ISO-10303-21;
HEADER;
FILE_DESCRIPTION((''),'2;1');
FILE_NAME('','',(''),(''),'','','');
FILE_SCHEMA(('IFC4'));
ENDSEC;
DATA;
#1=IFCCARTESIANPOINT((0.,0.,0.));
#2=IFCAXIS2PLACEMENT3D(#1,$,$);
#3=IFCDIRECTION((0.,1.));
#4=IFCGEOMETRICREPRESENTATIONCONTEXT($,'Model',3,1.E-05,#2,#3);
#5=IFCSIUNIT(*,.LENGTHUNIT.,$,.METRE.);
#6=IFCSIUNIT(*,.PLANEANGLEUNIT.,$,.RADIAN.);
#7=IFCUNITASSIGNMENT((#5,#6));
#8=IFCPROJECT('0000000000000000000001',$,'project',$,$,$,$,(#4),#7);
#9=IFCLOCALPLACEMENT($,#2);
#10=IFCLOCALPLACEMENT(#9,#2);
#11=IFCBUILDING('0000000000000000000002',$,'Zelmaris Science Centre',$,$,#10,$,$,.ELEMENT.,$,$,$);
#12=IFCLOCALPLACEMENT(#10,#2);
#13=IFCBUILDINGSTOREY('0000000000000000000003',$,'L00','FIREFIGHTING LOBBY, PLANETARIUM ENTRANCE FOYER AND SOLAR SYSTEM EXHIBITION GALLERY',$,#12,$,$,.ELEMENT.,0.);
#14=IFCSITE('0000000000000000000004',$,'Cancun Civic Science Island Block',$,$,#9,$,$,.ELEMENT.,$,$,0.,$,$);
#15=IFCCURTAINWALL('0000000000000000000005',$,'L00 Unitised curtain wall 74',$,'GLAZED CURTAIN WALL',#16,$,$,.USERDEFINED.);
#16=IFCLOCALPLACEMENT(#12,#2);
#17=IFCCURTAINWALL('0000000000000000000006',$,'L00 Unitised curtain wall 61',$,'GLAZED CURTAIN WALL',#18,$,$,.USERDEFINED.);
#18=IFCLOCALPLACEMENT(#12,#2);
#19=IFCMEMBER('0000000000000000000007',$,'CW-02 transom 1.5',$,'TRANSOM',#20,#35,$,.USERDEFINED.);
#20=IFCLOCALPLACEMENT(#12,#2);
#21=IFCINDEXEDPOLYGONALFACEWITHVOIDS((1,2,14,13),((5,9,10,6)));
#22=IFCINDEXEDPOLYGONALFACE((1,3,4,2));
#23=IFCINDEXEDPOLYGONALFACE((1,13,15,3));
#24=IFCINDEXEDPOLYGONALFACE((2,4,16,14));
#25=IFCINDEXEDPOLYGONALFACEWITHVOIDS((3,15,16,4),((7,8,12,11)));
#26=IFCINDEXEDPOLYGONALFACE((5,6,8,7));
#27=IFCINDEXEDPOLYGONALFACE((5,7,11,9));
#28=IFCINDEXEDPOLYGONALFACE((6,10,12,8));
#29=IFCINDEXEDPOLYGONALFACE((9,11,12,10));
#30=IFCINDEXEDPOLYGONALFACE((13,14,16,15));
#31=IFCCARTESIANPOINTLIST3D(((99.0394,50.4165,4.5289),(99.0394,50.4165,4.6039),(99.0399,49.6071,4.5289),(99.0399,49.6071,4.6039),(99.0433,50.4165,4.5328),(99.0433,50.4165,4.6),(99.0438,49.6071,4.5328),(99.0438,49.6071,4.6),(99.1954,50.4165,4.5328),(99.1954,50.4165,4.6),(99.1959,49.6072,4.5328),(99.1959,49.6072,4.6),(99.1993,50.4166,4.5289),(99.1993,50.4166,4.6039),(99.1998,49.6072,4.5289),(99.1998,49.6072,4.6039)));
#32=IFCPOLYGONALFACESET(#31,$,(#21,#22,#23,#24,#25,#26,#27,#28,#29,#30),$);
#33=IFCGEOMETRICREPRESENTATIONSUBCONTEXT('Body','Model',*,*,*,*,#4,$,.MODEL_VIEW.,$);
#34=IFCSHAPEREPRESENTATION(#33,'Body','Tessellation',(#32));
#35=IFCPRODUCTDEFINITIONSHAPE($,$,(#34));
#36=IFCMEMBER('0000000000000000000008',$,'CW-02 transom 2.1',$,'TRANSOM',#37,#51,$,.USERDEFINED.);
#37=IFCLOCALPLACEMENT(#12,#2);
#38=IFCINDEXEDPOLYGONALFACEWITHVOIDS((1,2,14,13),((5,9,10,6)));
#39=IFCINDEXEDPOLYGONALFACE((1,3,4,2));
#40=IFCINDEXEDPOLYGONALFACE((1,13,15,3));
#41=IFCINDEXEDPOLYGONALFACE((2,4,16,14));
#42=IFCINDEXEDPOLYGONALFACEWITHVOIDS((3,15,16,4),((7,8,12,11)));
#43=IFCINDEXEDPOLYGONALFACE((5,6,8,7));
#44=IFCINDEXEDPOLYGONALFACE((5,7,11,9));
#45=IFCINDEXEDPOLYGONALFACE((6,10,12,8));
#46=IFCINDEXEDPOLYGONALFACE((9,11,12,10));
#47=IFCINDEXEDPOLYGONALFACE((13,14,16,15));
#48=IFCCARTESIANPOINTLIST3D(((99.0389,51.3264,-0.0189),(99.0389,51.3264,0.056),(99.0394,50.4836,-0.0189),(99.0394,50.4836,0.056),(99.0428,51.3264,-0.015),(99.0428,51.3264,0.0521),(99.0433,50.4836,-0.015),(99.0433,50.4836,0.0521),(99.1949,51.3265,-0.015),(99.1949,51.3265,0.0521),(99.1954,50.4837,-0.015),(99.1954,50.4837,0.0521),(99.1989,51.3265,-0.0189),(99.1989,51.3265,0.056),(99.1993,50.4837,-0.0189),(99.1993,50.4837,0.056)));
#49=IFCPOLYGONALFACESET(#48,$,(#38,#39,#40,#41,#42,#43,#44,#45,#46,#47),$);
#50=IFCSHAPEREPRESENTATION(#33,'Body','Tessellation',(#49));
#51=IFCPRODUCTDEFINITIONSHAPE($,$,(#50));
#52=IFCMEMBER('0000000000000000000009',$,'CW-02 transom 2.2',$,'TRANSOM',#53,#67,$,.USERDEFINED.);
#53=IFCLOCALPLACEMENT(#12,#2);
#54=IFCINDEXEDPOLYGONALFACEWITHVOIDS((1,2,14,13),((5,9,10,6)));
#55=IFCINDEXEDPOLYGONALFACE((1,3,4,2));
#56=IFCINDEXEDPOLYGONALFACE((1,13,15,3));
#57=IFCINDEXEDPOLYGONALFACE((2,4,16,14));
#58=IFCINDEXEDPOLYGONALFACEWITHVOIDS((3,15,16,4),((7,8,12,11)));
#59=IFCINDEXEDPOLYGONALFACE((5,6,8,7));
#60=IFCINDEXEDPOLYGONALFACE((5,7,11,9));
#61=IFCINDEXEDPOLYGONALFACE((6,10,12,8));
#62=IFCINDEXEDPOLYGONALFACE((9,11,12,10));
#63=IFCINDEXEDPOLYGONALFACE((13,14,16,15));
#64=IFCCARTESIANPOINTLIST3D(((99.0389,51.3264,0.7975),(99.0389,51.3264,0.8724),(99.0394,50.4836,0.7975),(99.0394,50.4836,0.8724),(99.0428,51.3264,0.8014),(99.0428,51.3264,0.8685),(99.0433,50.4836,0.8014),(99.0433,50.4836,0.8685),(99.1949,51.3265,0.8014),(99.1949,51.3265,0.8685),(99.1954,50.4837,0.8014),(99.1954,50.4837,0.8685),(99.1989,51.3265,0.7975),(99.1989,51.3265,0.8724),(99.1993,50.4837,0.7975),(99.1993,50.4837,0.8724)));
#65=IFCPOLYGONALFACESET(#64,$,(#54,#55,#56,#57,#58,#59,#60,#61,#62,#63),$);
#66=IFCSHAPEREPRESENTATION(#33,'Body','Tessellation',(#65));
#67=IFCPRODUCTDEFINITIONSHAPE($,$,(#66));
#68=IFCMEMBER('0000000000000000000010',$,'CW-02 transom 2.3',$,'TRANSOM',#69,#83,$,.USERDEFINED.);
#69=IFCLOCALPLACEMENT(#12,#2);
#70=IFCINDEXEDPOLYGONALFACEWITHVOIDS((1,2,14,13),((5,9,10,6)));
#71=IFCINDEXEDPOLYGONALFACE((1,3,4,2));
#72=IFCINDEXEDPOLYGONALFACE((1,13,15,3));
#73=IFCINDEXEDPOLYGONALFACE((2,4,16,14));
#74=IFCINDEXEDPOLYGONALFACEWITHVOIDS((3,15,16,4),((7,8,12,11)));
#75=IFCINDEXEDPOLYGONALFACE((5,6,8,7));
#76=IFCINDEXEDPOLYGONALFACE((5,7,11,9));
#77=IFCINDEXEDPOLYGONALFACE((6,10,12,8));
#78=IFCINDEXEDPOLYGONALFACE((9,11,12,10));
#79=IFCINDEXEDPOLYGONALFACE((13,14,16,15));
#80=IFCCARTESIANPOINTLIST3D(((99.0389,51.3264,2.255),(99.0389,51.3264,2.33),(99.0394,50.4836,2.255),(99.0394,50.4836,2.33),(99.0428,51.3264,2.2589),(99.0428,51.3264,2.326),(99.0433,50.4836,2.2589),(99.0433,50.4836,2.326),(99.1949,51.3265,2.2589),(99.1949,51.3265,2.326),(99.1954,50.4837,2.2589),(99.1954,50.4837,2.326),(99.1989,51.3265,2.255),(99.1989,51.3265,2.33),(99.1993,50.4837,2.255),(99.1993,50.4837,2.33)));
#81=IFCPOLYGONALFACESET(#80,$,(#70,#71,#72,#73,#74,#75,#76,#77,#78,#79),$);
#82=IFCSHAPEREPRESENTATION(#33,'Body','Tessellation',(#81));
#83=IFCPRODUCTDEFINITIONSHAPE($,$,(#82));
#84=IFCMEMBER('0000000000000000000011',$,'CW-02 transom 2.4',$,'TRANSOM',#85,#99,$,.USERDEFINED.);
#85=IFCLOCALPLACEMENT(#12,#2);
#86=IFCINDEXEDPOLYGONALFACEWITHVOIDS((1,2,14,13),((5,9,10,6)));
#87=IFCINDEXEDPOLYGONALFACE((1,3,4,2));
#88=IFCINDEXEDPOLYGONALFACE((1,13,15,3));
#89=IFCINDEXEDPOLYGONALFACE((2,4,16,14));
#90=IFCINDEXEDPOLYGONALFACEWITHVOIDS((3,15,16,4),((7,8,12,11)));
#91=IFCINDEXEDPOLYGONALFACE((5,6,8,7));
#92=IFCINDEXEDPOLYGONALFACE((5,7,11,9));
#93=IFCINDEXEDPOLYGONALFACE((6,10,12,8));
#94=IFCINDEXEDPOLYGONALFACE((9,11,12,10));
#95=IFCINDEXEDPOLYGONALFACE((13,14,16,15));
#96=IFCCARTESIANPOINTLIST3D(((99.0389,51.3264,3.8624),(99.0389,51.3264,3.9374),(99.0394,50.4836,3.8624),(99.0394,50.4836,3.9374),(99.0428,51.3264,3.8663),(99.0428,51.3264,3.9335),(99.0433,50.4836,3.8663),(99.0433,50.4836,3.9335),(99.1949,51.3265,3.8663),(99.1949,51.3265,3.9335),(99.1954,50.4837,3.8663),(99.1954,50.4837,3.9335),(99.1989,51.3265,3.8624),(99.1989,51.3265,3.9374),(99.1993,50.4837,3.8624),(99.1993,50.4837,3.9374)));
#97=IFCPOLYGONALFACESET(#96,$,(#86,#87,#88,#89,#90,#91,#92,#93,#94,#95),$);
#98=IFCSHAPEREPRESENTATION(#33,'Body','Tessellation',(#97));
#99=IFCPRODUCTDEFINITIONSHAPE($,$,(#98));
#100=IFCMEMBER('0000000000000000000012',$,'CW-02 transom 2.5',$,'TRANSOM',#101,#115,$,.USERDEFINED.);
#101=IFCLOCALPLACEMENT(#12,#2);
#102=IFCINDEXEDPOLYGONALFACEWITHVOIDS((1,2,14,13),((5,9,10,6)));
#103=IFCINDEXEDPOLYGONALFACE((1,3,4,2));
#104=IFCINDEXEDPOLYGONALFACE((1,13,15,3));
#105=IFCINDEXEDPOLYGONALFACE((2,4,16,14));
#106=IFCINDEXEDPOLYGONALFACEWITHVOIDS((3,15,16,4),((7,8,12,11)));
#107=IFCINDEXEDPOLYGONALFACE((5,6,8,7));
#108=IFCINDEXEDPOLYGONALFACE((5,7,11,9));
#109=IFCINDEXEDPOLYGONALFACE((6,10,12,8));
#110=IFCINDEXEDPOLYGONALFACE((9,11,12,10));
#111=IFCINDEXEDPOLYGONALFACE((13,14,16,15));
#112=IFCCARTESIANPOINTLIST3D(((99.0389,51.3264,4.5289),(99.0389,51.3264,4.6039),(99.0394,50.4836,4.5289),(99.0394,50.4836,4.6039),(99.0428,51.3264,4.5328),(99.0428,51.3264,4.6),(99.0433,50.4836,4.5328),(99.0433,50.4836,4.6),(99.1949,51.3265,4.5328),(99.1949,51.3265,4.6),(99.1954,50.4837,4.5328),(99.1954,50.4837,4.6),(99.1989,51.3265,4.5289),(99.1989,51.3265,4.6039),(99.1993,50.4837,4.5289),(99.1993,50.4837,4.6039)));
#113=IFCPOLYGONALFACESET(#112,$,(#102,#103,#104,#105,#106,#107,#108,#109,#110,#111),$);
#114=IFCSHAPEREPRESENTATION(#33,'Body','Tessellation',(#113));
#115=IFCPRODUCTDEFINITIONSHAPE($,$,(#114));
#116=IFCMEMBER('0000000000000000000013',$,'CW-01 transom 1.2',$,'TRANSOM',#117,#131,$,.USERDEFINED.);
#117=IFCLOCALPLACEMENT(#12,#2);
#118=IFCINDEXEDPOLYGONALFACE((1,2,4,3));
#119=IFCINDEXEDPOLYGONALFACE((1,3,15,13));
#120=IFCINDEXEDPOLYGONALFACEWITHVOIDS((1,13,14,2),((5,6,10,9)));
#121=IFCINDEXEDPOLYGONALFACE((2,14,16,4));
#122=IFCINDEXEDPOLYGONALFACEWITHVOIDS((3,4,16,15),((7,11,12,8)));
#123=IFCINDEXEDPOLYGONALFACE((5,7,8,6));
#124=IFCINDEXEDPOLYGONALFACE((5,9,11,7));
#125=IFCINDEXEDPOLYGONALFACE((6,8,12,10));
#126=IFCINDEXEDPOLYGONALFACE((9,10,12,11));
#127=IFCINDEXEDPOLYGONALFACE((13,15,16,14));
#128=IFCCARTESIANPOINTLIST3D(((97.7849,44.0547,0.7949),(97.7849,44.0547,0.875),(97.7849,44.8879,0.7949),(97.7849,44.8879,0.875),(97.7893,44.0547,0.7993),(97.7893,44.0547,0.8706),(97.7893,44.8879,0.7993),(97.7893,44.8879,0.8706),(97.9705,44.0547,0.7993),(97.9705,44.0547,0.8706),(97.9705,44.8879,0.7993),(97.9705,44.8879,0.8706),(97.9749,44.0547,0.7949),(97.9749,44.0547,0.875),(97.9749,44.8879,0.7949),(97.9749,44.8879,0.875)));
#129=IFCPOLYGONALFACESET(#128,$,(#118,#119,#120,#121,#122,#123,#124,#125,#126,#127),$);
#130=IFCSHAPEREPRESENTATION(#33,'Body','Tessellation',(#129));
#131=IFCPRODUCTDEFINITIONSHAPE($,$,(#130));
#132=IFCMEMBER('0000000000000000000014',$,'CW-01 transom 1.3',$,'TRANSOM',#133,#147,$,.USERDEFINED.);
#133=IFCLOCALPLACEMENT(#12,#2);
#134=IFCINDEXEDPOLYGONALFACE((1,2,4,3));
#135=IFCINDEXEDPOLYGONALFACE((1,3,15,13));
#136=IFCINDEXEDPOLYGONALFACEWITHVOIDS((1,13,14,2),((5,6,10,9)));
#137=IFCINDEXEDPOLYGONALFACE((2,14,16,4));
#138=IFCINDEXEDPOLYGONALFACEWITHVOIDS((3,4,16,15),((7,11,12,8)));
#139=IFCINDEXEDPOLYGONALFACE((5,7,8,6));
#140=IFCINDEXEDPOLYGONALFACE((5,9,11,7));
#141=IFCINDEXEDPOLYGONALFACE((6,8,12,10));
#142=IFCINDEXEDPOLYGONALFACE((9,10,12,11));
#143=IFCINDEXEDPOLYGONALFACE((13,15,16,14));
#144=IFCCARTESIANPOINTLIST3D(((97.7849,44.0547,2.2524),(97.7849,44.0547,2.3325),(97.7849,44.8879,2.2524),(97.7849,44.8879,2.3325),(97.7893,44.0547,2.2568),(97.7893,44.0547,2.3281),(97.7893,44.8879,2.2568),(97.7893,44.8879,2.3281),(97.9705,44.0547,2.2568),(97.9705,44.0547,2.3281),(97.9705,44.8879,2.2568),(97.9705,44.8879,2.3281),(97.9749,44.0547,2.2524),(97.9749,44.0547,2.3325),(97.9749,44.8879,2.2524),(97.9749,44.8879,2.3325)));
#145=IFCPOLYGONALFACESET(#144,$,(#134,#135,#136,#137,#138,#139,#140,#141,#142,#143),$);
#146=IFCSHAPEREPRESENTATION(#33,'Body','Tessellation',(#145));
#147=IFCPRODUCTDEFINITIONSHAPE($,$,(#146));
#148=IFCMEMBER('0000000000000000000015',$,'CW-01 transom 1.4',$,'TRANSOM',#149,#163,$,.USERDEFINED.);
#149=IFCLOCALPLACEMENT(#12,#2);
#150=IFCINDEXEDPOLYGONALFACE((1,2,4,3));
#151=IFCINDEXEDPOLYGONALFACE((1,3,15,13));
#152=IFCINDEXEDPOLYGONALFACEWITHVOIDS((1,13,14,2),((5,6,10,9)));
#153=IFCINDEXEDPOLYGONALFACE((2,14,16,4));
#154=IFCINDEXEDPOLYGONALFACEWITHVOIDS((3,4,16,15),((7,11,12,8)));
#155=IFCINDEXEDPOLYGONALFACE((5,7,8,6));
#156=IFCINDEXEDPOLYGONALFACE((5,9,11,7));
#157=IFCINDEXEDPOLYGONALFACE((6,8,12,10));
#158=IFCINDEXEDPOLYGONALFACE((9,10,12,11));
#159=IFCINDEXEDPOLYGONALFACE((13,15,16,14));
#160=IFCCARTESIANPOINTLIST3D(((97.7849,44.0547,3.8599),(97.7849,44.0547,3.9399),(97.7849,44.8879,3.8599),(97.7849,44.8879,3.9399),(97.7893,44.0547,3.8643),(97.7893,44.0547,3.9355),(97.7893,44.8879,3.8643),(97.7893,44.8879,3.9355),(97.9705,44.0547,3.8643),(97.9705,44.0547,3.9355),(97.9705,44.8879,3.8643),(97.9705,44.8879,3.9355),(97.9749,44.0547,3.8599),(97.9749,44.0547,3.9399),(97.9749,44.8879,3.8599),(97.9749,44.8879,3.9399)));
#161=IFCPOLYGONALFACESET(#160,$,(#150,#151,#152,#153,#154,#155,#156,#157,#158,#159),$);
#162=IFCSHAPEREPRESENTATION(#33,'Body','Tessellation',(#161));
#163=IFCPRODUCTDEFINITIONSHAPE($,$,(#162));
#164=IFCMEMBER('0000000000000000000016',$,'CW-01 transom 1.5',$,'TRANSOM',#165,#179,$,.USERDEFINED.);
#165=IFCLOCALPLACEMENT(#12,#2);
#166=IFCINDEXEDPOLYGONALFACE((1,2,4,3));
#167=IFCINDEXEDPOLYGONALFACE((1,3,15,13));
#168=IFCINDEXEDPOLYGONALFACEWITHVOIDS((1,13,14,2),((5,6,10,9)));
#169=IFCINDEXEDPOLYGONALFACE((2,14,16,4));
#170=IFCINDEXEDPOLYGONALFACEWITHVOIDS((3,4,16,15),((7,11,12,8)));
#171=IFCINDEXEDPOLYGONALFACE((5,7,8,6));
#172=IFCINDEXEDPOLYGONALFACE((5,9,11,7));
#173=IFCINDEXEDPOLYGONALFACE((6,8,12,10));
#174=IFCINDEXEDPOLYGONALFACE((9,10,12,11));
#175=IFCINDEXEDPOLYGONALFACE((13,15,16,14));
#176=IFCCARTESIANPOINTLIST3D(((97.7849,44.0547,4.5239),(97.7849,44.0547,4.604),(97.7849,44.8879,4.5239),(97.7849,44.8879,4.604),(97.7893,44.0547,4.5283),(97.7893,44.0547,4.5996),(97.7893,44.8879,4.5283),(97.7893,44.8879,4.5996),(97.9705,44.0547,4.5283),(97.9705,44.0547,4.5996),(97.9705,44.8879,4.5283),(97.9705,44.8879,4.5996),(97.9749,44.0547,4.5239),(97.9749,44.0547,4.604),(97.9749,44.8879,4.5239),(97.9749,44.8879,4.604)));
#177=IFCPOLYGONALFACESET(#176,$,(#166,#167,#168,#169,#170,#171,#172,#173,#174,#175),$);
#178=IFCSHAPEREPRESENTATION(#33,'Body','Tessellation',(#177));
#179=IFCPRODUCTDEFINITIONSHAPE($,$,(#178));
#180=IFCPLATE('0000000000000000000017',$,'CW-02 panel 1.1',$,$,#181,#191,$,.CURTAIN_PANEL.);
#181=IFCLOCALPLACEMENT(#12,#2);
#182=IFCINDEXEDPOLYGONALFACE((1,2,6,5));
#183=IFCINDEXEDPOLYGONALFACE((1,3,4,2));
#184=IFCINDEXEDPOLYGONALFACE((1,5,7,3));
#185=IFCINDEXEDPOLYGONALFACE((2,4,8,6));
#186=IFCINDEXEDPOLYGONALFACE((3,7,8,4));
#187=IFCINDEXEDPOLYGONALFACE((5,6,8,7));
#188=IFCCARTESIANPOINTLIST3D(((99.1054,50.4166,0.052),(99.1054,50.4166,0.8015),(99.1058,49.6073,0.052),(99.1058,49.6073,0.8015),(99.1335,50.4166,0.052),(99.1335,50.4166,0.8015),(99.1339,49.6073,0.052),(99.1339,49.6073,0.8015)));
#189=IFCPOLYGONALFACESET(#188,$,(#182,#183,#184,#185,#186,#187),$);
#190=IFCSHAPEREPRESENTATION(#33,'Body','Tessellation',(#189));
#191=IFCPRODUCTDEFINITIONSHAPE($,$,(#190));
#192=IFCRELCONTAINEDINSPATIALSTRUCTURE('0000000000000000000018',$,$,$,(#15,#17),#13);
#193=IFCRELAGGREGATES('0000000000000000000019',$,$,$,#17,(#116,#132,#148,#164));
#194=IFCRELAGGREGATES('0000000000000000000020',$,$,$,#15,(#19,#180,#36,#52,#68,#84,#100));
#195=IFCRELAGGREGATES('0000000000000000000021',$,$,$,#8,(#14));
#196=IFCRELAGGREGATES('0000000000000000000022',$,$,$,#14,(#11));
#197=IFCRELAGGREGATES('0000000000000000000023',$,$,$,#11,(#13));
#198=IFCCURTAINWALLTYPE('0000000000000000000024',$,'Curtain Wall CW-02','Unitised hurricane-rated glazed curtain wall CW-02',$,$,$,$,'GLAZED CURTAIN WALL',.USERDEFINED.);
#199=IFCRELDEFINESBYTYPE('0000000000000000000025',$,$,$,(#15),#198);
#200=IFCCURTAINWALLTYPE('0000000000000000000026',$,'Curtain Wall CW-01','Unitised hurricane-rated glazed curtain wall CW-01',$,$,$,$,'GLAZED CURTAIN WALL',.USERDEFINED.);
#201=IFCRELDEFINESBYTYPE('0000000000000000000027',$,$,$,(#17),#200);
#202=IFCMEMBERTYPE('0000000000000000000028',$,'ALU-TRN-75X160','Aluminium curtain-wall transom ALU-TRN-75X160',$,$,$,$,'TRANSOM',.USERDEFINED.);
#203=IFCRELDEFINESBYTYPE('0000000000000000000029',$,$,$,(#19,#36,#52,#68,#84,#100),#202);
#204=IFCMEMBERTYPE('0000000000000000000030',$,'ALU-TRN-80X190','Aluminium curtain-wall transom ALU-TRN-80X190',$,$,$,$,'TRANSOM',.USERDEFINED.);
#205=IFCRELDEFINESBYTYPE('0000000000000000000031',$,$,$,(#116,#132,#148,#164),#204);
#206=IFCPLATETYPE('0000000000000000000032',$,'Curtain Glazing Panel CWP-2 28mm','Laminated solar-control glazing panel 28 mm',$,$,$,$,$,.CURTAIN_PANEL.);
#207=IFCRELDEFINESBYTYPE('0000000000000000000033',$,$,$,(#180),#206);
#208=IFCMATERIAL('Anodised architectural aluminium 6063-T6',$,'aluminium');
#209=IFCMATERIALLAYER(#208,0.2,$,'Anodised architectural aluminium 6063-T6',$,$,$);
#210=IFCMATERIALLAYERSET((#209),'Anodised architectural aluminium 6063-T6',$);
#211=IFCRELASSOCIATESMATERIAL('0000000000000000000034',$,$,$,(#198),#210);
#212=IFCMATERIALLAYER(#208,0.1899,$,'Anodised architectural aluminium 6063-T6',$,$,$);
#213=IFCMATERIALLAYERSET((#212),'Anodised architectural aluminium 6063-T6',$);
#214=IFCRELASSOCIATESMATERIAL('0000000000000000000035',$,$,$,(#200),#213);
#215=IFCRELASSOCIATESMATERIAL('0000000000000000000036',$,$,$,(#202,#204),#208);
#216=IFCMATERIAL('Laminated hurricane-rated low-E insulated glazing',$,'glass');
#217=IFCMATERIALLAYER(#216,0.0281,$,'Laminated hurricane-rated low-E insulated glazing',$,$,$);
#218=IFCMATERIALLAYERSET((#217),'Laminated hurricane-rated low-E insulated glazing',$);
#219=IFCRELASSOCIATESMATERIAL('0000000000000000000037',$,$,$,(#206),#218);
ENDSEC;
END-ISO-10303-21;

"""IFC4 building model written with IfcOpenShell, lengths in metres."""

from ifc_helpers import new_model, si_unit, direction, frame, origin, origin_2d, place, context, subcontext, project, spatial, rectangle, hollow_rectangle, extrude, material, layer, layer_set, material_profile, profile_set, type_object, element, aggregate, save


model = new_model("IFC4")

# Units and contexts
model_context = context("Model", 3, precision=1e-05, world=origin(), true_north=direction((0.0, 1.0)))
body_context = subcontext(model_context, "Body", "Model", "MODEL_VIEW")
ifc_project = project(units=[si_unit("LENGTHUNIT", "METRE"), si_unit("PLANEANGLEUNIT", "RADIAN")], contexts=[model_context])

# Site, building, storey
site_placement = place(None, origin())
site = spatial("IfcSite", under=ifc_project, at=site_placement, Name="Cancun Civic Science Island Block", CompositionType="ELEMENT", RefElevation=0.0)
building_placement = place(site_placement, origin())
building = spatial("IfcBuilding", under=site, at=building_placement, Name="Zelmaris Science Centre", CompositionType="ELEMENT")
storey_placement = place(building_placement, origin())
storey = spatial("IfcBuildingStorey", under=building, at=storey_placement, Name="L00", Description="FIREFIGHTING LOBBY, PLANETARIUM ENTRANCE FOYER AND SOLAR SYSTEM EXHIBITION GALLERY", CompositionType="ELEMENT", Elevation=0.0)

# Shared definitions
ifc_material_1 = material(Name="Anodised architectural aluminium 6063-T6", Category="aluminium")

# Curtain wall
ifc_layer_1 = layer(ifc_material_1, 0.2, Name="Anodised architectural aluminium 6063-T6")
ifc_layer_set_1 = layer_set([ifc_layer_1], Name="Anodised architectural aluminium 6063-T6")
curtain_wall_type_1 = type_object("IfcCurtainWallType", Name="Curtain Wall CW-02", Description="Unitised hurricane-rated glazed curtain wall CW-02", ElementType="GLAZED CURTAIN WALL", PredefinedType="USERDEFINED", material=ifc_layer_set_1)
curtain_wall_1_placement = place(storey_placement, origin())
curtain_wall_1 = element("IfcCurtainWall", 1, at=curtain_wall_1_placement, inside=storey, type_object=curtain_wall_type_1, Name="L00 Unitised curtain wall 74", ObjectType="GLAZED CURTAIN WALL", PredefinedType="USERDEFINED")

# Curtain wall
ifc_layer_2 = layer(ifc_material_1, 0.1899, Name="Anodised architectural aluminium 6063-T6")
ifc_layer_set_2 = layer_set([ifc_layer_2], Name="Anodised architectural aluminium 6063-T6")
curtain_wall_type_2 = type_object("IfcCurtainWallType", Name="Curtain Wall CW-01", Description="Unitised hurricane-rated glazed curtain wall CW-01", ElementType="GLAZED CURTAIN WALL", PredefinedType="USERDEFINED", material=ifc_layer_set_2)
curtain_wall_2_placement = place(storey_placement, origin())
curtain_wall_2 = element("IfcCurtainWall", 2, at=curtain_wall_2_placement, inside=storey, type_object=curtain_wall_type_2, Name="L00 Unitised curtain wall 61", ObjectType="GLAZED CURTAIN WALL", PredefinedType="USERDEFINED")

# Members
ifc_material_profile_1 = material_profile(ifc_material_1, hollow_rectangle(XDim=0.075, YDim=0.1599, WallThickness=0.0039, at=origin_2d()), Name="ALU-TRN-75X160")
ifc_profile_set_1 = profile_set([ifc_material_profile_1], Name="Anodised architectural aluminium 6063-T6")
member_type_1 = type_object("IfcMemberType", Name="ALU-TRN-75X160", Description="Aluminium curtain-wall transom ALU-TRN-75X160", ElementType="TRANSOM", PredefinedType="USERDEFINED", material=ifc_profile_set_1)
member_1_placement = place(storey_placement, frame((99.1199, 49.6072, 4.5664), z_axis=(-0.000603, 1.0, 0.0), x_axis=(0.0, 0.0, 1.0)))
member_1 = element("IfcMember", 3, at=member_1_placement, type_object=member_type_1, Name="CW-02 transom 1.5", ObjectType="TRANSOM", PredefinedType="USERDEFINED", context=body_context, shape_type="SweptSolid", body=[
    extrude(hollow_rectangle(XDim=0.075, YDim=0.1599, WallThickness=0.0039, at=origin_2d()), origin(), (0.0, 0.0, 1.0), 0.8093),
])
member_2_placement = place(storey_placement, frame((99.1194, 50.4836, 0.0186), z_axis=(-0.000579, 1.0, 0.0), x_axis=(0.0, 0.0, 1.0)))
member_2 = element("IfcMember", 4, at=member_2_placement, type_object=member_type_1, Name="CW-02 transom 2.1", ObjectType="TRANSOM", PredefinedType="USERDEFINED", context=body_context, shape_type="SweptSolid", body=[
    extrude(hollow_rectangle(XDim=0.075, YDim=0.1599, WallThickness=0.0039, at=origin_2d()), origin(), (0.0, 0.0, 1.0), 0.8428),
])
member_3_placement = place(storey_placement, frame((99.1194, 50.4836, 0.835), z_axis=(-0.000579, 1.0, 0.0), x_axis=(0.0, 0.0, 1.0)))
member_3 = element("IfcMember", 5, at=member_3_placement, type_object=member_type_1, Name="CW-02 transom 2.2", ObjectType="TRANSOM", PredefinedType="USERDEFINED", context=body_context, shape_type="SweptSolid", body=[
    extrude(hollow_rectangle(XDim=0.075, YDim=0.1599, WallThickness=0.0039, at=origin_2d()), origin(), (0.0, 0.0, 1.0), 0.8428),
])
member_4_placement = place(storey_placement, frame((99.1194, 50.4836, 2.2925), z_axis=(-0.000579, 1.0, 0.0), x_axis=(0.0, 0.0, 1.0)))
member_4 = element("IfcMember", 6, at=member_4_placement, type_object=member_type_1, Name="CW-02 transom 2.3", ObjectType="TRANSOM", PredefinedType="USERDEFINED", context=body_context, shape_type="SweptSolid", body=[
    extrude(hollow_rectangle(XDim=0.075, YDim=0.1599, WallThickness=0.0039, at=origin_2d()), origin(), (0.0, 0.0, 1.0), 0.8428),
])
member_5_placement = place(storey_placement, frame((99.1194, 50.4836, 3.8999), z_axis=(-0.000579, 1.0, 0.0), x_axis=(0.0, 0.0, 1.0)))
member_5 = element("IfcMember", 7, at=member_5_placement, type_object=member_type_1, Name="CW-02 transom 2.4", ObjectType="TRANSOM", PredefinedType="USERDEFINED", context=body_context, shape_type="SweptSolid", body=[
    extrude(hollow_rectangle(XDim=0.075, YDim=0.1599, WallThickness=0.0039, at=origin_2d()), origin(), (0.0, 0.0, 1.0), 0.8428),
])
member_6_placement = place(storey_placement, frame((99.1194, 50.4836, 4.5664), z_axis=(-0.000579, 1.0, 0.0), x_axis=(0.0, 0.0, 1.0)))
member_6 = element("IfcMember", 8, at=member_6_placement, type_object=member_type_1, Name="CW-02 transom 2.5", ObjectType="TRANSOM", PredefinedType="USERDEFINED", context=body_context, shape_type="SweptSolid", body=[
    extrude(hollow_rectangle(XDim=0.075, YDim=0.1599, WallThickness=0.0039, at=origin_2d()), origin(), (0.0, 0.0, 1.0), 0.8428),
])
ifc_material_profile_2 = material_profile(ifc_material_1, hollow_rectangle(XDim=0.0801, YDim=0.1899, WallThickness=0.0044, at=origin_2d()), Name="ALU-TRN-80X190")
ifc_profile_set_2 = profile_set([ifc_material_profile_2], Name="Anodised architectural aluminium 6063-T6")
member_type_2 = type_object("IfcMemberType", Name="ALU-TRN-80X190", Description="Aluminium curtain-wall transom ALU-TRN-80X190", ElementType="TRANSOM", PredefinedType="USERDEFINED", material=ifc_profile_set_2)
member_7_placement = place(storey_placement, frame((97.8799, 44.8879, 0.835), z_axis=(0.0, -1.0, 0.0), x_axis=(0.0, 0.0, 1.0)))
member_7 = element("IfcMember", 9, at=member_7_placement, type_object=member_type_2, Name="CW-01 transom 1.2", ObjectType="TRANSOM", PredefinedType="USERDEFINED", context=body_context, shape_type="SweptSolid", body=[
    extrude(hollow_rectangle(XDim=0.0801, YDim=0.1899, WallThickness=0.0044, at=origin_2d()), origin(), (0.0, 0.0, 1.0), 0.8333),
])
member_8_placement = place(storey_placement, frame((97.8799, 44.8879, 2.2925), z_axis=(0.0, -1.0, 0.0), x_axis=(0.0, 0.0, 1.0)))
member_8 = element("IfcMember", 10, at=member_8_placement, type_object=member_type_2, Name="CW-01 transom 1.3", ObjectType="TRANSOM", PredefinedType="USERDEFINED", context=body_context, shape_type="SweptSolid", body=[
    extrude(hollow_rectangle(XDim=0.0801, YDim=0.1899, WallThickness=0.0044, at=origin_2d()), origin(), (0.0, 0.0, 1.0), 0.8333),
])
member_9_placement = place(storey_placement, frame((97.8799, 44.8879, 3.8999), z_axis=(0.0, -1.0, 0.0), x_axis=(0.0, 0.0, 1.0)))
member_9 = element("IfcMember", 11, at=member_9_placement, type_object=member_type_2, Name="CW-01 transom 1.4", ObjectType="TRANSOM", PredefinedType="USERDEFINED", context=body_context, shape_type="SweptSolid", body=[
    extrude(hollow_rectangle(XDim=0.0801, YDim=0.1899, WallThickness=0.0044, at=origin_2d()), origin(), (0.0, 0.0, 1.0), 0.8333),
])
member_10_placement = place(storey_placement, frame((97.8799, 44.8879, 4.564), z_axis=(0.0, -1.0, 0.0), x_axis=(0.0, 0.0, 1.0)))
member_10 = element("IfcMember", 12, at=member_10_placement, type_object=member_type_2, Name="CW-01 transom 1.5", ObjectType="TRANSOM", PredefinedType="USERDEFINED", context=body_context, shape_type="SweptSolid", body=[
    extrude(hollow_rectangle(XDim=0.0801, YDim=0.1899, WallThickness=0.0044, at=origin_2d()), origin(), (0.0, 0.0, 1.0), 0.8333),
])
aggregate(curtain_wall_2, [member_7, member_8, member_9, member_10])

# Plate
ifc_material_2 = material(Name="Laminated hurricane-rated low-E insulated glazing", Category="glass")
ifc_layer_3 = layer(ifc_material_2, 0.0281, Name="Laminated hurricane-rated low-E insulated glazing")
ifc_layer_set_3 = layer_set([ifc_layer_3], Name="Laminated hurricane-rated low-E insulated glazing")
plate_type_1 = type_object("IfcPlateType", Name="Curtain Glazing Panel CWP-2 28mm", Description="Laminated solar-control glazing panel 28 mm", PredefinedType="CURTAIN_PANEL", material=ifc_layer_set_3)
plate_1_placement = place(storey_placement, frame((99.1196, 50.012, 0.052), z_axis=(0.0, 0.0, 1.0), x_axis=(-0.000484, 1.0, 0.0)))
plate_1 = element("IfcPlate", 13, at=plate_1_placement, type_object=plate_type_1, Name="CW-02 panel 1.1", PredefinedType="CURTAIN_PANEL", context=body_context, shape_type="SweptSolid", body=[
    extrude(rectangle(XDim=0.8093, YDim=0.0281, at=origin_2d()), origin(), (0.0, 0.0, 1.0), 0.7495),
])
aggregate(curtain_wall_1, [member_1, plate_1, member_2, member_3, member_4, member_5, member_6])

save(model, "model.ifc")
